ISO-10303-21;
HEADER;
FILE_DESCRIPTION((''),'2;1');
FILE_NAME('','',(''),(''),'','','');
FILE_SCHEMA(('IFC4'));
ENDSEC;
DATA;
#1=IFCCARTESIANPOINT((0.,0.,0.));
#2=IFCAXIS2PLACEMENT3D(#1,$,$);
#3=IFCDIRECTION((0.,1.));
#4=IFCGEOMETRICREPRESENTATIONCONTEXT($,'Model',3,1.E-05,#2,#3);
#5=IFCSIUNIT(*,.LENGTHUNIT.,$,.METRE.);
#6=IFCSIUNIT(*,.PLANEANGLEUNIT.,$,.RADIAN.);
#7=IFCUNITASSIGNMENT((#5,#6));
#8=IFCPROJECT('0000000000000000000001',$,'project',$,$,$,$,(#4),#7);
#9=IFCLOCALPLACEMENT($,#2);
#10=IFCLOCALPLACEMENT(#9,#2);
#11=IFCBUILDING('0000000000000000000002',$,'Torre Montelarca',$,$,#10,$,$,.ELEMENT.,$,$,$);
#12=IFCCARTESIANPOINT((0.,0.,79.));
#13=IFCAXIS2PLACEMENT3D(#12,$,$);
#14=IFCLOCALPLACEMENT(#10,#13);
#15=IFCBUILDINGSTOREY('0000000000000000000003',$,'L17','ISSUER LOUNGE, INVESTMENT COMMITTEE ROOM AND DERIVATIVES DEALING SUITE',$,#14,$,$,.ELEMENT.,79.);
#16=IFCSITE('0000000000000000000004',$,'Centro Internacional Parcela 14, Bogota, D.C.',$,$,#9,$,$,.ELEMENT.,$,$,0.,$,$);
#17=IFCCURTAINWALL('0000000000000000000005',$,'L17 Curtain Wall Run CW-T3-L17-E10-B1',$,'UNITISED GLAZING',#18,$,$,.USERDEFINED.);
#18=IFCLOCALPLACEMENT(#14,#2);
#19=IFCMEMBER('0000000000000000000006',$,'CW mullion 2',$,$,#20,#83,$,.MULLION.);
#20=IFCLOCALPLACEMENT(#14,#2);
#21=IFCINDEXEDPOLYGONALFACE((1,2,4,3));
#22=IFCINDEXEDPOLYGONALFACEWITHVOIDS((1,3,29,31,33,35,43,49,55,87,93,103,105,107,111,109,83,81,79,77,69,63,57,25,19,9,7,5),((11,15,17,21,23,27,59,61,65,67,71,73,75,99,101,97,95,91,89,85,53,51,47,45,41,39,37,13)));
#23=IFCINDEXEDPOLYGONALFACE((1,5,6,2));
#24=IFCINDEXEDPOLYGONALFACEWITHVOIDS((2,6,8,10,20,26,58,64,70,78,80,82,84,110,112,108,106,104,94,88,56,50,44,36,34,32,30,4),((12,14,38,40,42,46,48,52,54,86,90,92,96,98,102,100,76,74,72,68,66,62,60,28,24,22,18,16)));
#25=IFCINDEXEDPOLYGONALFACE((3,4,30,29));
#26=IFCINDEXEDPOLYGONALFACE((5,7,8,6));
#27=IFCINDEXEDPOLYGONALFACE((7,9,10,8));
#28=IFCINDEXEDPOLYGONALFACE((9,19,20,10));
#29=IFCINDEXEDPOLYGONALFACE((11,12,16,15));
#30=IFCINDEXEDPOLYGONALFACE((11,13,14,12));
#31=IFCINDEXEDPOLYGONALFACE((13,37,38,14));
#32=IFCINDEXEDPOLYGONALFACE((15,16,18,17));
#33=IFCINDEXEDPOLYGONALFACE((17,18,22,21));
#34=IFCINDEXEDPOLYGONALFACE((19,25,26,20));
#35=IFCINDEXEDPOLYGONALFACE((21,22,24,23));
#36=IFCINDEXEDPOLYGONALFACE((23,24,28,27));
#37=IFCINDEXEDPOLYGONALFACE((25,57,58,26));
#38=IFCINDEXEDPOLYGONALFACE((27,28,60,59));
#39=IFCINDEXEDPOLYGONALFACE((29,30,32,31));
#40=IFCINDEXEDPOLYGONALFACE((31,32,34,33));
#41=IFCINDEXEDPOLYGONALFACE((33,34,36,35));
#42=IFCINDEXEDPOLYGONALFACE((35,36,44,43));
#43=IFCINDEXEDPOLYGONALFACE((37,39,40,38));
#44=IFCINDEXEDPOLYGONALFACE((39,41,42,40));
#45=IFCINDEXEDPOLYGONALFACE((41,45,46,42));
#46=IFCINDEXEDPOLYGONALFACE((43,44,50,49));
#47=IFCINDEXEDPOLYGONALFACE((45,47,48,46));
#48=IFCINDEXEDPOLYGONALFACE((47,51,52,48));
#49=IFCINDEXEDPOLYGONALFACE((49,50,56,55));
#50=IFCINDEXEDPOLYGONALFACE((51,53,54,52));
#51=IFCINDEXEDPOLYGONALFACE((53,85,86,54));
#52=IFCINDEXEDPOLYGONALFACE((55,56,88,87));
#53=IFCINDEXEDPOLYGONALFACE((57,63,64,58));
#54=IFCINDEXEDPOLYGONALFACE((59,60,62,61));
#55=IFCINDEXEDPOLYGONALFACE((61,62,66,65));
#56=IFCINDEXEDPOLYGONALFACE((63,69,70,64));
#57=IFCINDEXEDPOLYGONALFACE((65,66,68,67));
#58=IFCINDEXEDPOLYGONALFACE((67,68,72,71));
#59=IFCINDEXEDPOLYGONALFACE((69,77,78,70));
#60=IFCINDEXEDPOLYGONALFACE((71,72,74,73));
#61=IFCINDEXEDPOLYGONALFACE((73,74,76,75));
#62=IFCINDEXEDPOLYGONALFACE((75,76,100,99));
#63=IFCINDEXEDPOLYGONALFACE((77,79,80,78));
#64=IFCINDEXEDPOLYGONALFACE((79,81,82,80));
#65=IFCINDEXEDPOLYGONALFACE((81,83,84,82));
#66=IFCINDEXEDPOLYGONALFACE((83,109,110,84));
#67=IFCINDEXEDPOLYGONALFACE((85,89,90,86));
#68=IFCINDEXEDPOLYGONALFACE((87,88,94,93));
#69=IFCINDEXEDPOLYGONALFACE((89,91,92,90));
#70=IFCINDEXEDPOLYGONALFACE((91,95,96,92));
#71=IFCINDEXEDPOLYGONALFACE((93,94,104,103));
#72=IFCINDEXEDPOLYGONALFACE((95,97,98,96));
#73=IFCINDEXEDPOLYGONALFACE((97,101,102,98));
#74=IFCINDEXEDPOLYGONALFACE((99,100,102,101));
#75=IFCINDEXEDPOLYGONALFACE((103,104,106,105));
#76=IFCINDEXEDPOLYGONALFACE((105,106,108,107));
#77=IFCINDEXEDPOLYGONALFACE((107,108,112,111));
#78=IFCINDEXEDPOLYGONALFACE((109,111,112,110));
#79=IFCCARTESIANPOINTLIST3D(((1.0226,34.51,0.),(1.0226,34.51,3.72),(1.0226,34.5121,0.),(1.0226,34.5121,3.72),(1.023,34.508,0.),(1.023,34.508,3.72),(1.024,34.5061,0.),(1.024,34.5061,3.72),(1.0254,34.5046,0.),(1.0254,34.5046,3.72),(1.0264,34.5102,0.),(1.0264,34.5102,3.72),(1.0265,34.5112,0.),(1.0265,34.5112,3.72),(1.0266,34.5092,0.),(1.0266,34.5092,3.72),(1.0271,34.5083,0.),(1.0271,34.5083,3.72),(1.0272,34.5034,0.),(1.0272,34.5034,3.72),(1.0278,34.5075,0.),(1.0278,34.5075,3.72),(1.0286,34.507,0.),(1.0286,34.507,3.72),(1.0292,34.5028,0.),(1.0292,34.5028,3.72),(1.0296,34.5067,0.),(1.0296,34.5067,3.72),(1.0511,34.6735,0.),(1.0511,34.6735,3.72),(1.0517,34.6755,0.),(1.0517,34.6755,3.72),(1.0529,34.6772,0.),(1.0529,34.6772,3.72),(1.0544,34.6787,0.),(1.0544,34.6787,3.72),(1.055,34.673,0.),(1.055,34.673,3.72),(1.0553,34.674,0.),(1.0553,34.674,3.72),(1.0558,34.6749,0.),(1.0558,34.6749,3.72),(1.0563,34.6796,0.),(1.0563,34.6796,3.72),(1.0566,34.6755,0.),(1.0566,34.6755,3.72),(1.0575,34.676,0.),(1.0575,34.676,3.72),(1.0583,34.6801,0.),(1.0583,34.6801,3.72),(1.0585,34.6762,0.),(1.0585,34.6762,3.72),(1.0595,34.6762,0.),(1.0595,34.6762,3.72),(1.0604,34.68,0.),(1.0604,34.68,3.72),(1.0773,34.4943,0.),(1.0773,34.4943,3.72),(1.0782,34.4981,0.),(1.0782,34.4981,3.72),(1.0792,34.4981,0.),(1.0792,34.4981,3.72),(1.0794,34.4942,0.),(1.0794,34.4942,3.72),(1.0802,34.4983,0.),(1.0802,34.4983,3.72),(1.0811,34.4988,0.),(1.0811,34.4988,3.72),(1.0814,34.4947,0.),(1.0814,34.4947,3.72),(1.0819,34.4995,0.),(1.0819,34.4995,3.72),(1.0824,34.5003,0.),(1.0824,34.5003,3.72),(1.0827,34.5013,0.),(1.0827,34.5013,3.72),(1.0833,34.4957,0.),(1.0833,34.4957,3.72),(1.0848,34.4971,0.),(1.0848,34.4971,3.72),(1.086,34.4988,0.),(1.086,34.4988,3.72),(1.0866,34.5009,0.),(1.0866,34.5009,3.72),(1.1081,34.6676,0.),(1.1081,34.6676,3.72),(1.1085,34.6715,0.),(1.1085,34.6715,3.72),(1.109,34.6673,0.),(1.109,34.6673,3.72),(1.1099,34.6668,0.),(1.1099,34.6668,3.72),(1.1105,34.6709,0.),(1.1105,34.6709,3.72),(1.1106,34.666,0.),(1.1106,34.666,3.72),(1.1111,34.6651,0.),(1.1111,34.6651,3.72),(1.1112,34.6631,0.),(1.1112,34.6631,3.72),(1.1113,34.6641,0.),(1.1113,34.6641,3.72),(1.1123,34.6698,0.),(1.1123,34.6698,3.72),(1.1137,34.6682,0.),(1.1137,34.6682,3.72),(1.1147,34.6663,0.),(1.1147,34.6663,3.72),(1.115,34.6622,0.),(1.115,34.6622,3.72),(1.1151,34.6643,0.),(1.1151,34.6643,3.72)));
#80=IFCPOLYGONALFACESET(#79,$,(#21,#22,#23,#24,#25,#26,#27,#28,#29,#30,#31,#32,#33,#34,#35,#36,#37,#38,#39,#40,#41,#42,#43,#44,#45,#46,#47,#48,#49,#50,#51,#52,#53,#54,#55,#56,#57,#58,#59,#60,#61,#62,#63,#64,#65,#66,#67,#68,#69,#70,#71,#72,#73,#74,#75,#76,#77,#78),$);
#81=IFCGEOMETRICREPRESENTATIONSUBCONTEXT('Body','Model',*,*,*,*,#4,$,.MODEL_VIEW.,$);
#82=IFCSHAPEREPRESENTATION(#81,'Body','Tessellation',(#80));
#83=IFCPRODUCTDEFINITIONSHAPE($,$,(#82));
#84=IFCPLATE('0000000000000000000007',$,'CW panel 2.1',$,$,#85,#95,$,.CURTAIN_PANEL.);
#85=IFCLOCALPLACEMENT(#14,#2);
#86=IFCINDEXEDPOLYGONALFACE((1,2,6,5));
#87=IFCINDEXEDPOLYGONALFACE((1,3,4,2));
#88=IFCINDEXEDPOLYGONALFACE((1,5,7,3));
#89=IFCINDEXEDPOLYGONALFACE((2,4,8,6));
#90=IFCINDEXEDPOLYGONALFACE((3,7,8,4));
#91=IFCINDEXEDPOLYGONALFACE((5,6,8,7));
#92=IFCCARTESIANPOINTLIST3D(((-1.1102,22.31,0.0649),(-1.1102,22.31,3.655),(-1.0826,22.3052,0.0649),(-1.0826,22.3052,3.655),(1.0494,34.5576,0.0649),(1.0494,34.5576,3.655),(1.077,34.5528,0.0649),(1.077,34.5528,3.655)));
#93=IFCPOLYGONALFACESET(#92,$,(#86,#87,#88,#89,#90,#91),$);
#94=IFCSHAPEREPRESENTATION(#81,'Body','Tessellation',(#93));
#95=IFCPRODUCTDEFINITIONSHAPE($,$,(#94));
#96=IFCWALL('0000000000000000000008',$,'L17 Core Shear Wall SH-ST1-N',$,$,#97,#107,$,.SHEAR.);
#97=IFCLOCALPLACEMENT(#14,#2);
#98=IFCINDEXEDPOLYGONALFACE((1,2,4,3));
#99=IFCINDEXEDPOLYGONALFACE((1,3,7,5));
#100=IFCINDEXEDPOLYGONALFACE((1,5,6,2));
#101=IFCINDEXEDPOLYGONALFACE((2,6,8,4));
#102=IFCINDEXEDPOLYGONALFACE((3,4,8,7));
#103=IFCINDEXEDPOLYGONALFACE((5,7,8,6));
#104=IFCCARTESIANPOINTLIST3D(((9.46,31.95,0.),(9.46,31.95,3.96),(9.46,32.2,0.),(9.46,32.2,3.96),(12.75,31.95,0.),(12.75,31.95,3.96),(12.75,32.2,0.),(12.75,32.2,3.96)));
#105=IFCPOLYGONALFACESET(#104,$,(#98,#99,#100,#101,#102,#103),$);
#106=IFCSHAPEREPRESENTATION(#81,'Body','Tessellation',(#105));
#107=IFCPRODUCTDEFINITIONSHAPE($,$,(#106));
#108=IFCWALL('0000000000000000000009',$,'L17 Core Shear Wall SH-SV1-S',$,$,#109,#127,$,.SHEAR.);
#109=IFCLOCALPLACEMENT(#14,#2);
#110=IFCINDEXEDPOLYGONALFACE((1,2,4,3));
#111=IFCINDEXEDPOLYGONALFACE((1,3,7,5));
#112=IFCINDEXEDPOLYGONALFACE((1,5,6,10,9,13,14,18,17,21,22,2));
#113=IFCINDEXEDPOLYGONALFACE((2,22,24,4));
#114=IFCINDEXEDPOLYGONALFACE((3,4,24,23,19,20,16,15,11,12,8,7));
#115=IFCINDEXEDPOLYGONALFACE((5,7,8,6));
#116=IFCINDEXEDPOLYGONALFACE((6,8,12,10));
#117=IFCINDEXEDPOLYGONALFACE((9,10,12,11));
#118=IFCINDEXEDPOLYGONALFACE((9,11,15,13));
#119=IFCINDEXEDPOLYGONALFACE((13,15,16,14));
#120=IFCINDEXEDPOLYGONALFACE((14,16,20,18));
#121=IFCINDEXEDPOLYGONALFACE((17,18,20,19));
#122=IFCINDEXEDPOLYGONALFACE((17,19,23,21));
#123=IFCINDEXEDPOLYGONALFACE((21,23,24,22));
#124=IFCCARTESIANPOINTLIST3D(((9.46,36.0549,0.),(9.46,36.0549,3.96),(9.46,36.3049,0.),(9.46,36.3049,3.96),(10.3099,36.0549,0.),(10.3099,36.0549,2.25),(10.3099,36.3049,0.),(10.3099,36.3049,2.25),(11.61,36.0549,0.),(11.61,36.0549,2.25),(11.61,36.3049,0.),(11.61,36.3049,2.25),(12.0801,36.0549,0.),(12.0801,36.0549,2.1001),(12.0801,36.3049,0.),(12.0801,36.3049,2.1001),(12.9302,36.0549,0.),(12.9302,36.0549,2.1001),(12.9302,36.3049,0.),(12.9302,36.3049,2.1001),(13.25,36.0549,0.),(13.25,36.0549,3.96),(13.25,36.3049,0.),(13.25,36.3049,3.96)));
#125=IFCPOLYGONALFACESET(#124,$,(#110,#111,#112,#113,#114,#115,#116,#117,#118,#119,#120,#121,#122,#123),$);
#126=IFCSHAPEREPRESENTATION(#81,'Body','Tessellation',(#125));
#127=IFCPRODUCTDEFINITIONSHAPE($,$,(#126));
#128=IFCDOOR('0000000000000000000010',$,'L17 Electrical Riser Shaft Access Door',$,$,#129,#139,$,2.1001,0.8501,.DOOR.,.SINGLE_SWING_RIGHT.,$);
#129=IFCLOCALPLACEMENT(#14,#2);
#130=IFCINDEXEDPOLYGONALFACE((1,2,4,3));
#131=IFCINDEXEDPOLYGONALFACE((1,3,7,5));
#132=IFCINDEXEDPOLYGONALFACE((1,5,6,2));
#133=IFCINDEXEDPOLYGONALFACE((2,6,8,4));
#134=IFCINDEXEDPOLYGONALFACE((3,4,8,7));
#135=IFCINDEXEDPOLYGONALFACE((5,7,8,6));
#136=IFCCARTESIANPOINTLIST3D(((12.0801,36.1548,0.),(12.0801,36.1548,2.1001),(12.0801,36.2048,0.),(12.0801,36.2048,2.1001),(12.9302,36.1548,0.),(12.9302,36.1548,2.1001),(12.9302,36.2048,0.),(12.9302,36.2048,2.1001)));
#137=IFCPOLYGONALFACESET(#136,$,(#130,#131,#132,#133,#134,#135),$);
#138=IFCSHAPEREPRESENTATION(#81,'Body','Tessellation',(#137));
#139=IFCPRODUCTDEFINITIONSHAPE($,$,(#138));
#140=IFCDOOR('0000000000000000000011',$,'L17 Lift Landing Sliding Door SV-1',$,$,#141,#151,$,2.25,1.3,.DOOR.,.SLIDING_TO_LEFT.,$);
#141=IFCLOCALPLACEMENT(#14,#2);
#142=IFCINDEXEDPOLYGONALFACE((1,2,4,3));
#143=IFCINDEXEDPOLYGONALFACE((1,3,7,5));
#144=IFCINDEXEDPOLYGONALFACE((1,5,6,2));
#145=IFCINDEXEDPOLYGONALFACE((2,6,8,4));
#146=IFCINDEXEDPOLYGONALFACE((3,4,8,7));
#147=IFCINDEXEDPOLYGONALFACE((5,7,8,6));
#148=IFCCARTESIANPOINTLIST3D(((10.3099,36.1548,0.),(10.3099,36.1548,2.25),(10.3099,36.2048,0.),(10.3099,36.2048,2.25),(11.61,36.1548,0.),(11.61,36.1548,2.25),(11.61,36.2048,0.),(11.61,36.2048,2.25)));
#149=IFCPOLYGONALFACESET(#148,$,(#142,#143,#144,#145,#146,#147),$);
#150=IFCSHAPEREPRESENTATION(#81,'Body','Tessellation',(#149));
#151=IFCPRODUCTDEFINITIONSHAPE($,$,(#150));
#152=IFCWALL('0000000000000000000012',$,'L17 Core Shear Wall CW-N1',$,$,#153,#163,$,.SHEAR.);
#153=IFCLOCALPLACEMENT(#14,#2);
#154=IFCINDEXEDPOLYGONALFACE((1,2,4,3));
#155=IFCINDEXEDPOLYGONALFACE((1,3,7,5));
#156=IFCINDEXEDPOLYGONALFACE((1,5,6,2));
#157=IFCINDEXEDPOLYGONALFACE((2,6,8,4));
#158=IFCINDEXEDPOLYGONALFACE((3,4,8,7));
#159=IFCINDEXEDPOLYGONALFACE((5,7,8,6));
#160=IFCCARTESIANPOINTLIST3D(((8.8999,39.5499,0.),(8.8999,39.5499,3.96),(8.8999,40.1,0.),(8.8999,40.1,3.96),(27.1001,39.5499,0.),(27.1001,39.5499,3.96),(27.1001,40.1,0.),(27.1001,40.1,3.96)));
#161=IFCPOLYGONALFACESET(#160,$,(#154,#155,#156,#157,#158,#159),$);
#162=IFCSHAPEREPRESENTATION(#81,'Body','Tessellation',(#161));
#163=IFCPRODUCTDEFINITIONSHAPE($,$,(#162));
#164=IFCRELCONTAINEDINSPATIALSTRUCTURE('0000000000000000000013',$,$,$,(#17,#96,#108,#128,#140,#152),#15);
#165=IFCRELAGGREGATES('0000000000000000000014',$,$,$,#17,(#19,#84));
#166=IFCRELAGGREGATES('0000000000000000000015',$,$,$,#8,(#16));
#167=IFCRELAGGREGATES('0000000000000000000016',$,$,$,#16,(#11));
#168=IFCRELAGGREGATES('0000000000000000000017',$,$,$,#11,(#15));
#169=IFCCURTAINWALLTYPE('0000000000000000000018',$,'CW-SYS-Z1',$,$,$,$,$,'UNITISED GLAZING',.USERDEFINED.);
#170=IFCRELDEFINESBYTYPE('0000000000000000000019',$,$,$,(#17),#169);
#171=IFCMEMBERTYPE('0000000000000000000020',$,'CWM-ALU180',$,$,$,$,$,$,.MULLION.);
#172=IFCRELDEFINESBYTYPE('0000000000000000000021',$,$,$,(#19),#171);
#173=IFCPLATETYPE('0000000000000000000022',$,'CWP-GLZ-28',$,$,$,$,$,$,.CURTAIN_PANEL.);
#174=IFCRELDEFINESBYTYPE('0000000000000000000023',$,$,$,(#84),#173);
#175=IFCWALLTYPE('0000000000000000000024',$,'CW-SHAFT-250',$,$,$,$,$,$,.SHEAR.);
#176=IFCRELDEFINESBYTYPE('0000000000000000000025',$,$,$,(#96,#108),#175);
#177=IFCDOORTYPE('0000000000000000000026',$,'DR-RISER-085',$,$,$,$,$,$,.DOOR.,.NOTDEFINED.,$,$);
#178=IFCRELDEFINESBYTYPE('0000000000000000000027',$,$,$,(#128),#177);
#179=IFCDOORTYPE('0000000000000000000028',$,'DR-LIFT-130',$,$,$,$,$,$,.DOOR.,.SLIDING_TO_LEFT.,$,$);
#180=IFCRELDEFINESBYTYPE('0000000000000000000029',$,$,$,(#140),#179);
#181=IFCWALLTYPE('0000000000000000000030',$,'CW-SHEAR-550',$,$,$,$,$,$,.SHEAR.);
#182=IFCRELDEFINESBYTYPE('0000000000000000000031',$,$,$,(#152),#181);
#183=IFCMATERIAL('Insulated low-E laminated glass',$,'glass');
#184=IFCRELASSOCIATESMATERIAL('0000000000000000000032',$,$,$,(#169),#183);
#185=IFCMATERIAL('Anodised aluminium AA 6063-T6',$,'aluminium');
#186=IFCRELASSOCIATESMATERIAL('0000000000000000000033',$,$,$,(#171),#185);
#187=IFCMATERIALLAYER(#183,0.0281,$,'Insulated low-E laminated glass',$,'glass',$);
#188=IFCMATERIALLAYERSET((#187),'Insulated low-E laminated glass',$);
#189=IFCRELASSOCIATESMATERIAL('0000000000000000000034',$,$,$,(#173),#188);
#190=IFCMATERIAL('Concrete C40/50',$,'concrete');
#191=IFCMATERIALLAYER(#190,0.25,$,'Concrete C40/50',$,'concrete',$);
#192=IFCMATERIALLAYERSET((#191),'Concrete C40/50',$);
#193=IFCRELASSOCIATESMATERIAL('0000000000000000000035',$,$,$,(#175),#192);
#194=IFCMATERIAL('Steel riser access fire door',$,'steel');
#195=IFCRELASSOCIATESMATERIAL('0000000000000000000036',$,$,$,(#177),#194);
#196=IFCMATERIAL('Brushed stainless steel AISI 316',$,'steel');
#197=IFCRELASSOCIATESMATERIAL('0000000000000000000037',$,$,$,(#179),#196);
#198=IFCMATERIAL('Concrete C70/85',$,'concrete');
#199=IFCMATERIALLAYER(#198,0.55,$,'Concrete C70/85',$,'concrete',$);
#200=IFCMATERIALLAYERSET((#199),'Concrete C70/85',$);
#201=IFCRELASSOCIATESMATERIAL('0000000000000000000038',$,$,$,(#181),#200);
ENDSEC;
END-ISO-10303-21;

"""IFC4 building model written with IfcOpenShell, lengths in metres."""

from ifc_helpers import new_model, si_unit, direction, frame, frame_2d, origin, origin_2d, place, context, subcontext, project, spatial, rectangle, hollow_rectangle, extrude, source, transform, mapped, material, layer, layer_set, material_profile, profile_set, type_object, element, fill, aggregate, save


model = new_model("IFC4")

# Units and contexts
model_context = context("Model", 3, precision=1e-05, world=origin(), true_north=direction((0.0, 1.0)))
body_context = subcontext(model_context, "Body", "Model", "MODEL_VIEW")
ifc_project = project(units=[si_unit("LENGTHUNIT", "METRE"), si_unit("PLANEANGLEUNIT", "RADIAN")], contexts=[model_context])

# Site, building, storey
site_placement = place(None, origin())
site = spatial("IfcSite", under=ifc_project, at=site_placement, Name="Centro Internacional Parcela 14, Bogota, D.C.", CompositionType="ELEMENT", RefElevation=0.0)
building_placement = place(site_placement, origin())
building = spatial("IfcBuilding", under=site, at=building_placement, Name="Torre Montelarca", CompositionType="ELEMENT")
storey_placement = place(building_placement, frame((0.0, 0.0, 79.0)))
storey = spatial("IfcBuildingStorey", under=building, at=storey_placement, Name="L17", Description="ISSUER LOUNGE, INVESTMENT COMMITTEE ROOM AND DERIVATIVES DEALING SUITE", CompositionType="ELEMENT", Elevation=79.0)

# Curtain wall, member, plate
ifc_material_1 = material(Name="Insulated low-E laminated glass", Category="glass")
curtain_wall_type = type_object("IfcCurtainWallType", Name="CW-SYS-Z1", ElementType="UNITISED GLAZING", PredefinedType="USERDEFINED", material=ifc_material_1)
curtain_wall_placement = place(storey_placement, origin())
curtain_wall = element("IfcCurtainWall", 1, at=curtain_wall_placement, inside=storey, type_object=curtain_wall_type, Name="L17 Curtain Wall Run CW-T3-L17-E10-B1", ObjectType="UNITISED GLAZING", PredefinedType="USERDEFINED")
ifc_material_2 = material(Name="Anodised aluminium AA 6063-T6", Category="aluminium")
ifc_material_profile_1 = material_profile(ifc_material_2, hollow_rectangle(XDim=0.0649, YDim=0.1799, WallThickness=0.0039, InnerFilletRadius=0.0039, OuterFilletRadius=0.0081, at=origin_2d()), Name="ALU65X180X4", Category="aluminium")
ifc_profile_set_1 = profile_set([ifc_material_profile_1], Name="Anodised aluminium AA 6063-T6")
member_type_1 = type_object("IfcMemberType", Name="CWM-ALU180", PredefinedType="MULLION", material=ifc_profile_set_1)
shared_shape_1 = source(origin(), body_context, "Body", "SweptSolid", [
    extrude(hollow_rectangle(XDim=0.0649, YDim=0.1799, WallThickness=0.0039, InnerFilletRadius=0.0039, OuterFilletRadius=0.0081, at=origin_2d()), origin(), (0.0, 0.0, 1.0), 3.72),
])
member_1_placement = place(storey_placement, frame((1.0688, 34.5872, 0.0), z_axis=(0.0, 0.0, 1.0), x_axis=(0.984808, -0.173646, 0.0)))
member_1 = element("IfcMember", 2, at=member_1_placement, type_object=member_type_1, Name="CW mullion 2", PredefinedType="MULLION", context=body_context, shape_type="MappedRepresentation", body=[
    mapped(shared_shape_1, transform((0.0, 0.0, 0.0), scale=1.0)),
])
ifc_layer_1 = layer(ifc_material_1, 0.0281, Name="Insulated low-E laminated glass", Category="glass")
ifc_layer_set_1 = layer_set([ifc_layer_1], Name="Insulated low-E laminated glass")
plate_type = type_object("IfcPlateType", Name="CWP-GLZ-28", PredefinedType="CURTAIN_PANEL", material=ifc_layer_set_1)
shared_shape_2 = source(origin(), body_context, "Body", "SweptSolid", [
    extrude(rectangle(XDim=12.4365, YDim=0.0281, at=origin_2d()), origin(), (0.0, 0.0, 1.0), 3.5901),
])
plate_placement = place(storey_placement, frame((-0.0166, 28.4314, 0.0649), z_axis=(0.0, 0.0, 1.0), x_axis=(-0.173646, -0.984808, 0.0)))
plate = element("IfcPlate", 3, at=plate_placement, type_object=plate_type, Name="CW panel 2.1", PredefinedType="CURTAIN_PANEL", context=body_context, shape_type="MappedRepresentation", body=[
    mapped(shared_shape_2, transform((0.0, 0.0, 0.0), scale=1.0)),
])
aggregate(curtain_wall, [member_1, plate])

# Wall
ifc_material_3 = material(Name="Concrete C40/50", Category="concrete")
ifc_layer_2 = layer(ifc_material_3, 0.25, Name="Concrete C40/50", Category="concrete")
ifc_layer_set_2 = layer_set([ifc_layer_2], Name="Concrete C40/50")
wall_type_1 = type_object("IfcWallType", Name="CW-SHAFT-250", PredefinedType="SHEAR", material=ifc_layer_set_2)
wall_1_placement = place(storey_placement, frame((9.46, 32.075, 0.0), z_axis=(0.0, 0.0, 1.0), x_axis=(1.0, 0.0, 0.0)))
element("IfcWall", 4, at=wall_1_placement, inside=storey, type_object=wall_type_1, Name="L17 Core Shear Wall SH-ST1-N", PredefinedType="SHEAR", context=body_context, shape_type="SweptSolid", body=[
    extrude(rectangle(XDim=3.29, YDim=0.25, at=frame_2d((1.645, 0.0))), origin(), (0.0, 0.0, 1.0), 3.96),
])

# Wall, openings, doors
wall_2_placement = place(storey_placement, frame((9.46, 36.1799, 0.0), z_axis=(0.0, 0.0, 1.0), x_axis=(1.0, 0.0, 0.0)))
wall_2 = element("IfcWall", 5, at=wall_2_placement, inside=storey, type_object=wall_type_1, Name="L17 Core Shear Wall SH-SV1-S", PredefinedType="SHEAR", context=body_context, shape_type="SweptSolid", body=[
    extrude(rectangle(XDim=3.79, YDim=0.25, at=frame_2d((1.895, 0.0))), origin(), (0.0, 0.0, 1.0), 3.96),
])
opening_1_placement = place(wall_2_placement, frame((2.6201, 0.0, 0.0)))
opening_1 = element("IfcOpeningElement", 6, at=opening_1_placement, cuts=wall_2, PredefinedType="OPENING", context=body_context, shape_type="SweptSolid", body=[
    extrude(rectangle(XDim=0.8501, YDim=2.1001, at=frame_2d((0.425, 1.05))), frame((0.0, 0.135, 0.0), z_axis=(0.0, -1.0, 0.0), x_axis=(1.0, 0.0, 0.0)), (0.0, 0.0, 1.0), 0.27),
])
opening_2_placement = place(wall_2_placement, frame((0.8501, 0.0, 0.0)))
opening_2 = element("IfcOpeningElement", 7, at=opening_2_placement, cuts=wall_2, PredefinedType="OPENING", context=body_context, shape_type="SweptSolid", body=[
    extrude(rectangle(XDim=1.3, YDim=2.25, at=frame_2d((0.6499, 1.125))), frame((0.0, 0.135, 0.0), z_axis=(0.0, -1.0, 0.0), x_axis=(1.0, 0.0, 0.0)), (0.0, 0.0, 1.0), 0.27),
])
ifc_material_4 = material(Name="Steel riser access fire door", Category="steel")
door_type_1 = type_object("IfcDoorType", Name="DR-RISER-085", OperationType="NOTDEFINED", PredefinedType="DOOR", material=ifc_material_4)
shared_shape_3 = source(origin(), body_context, "Body", "SweptSolid", [
    extrude(rectangle(XDim=0.8501, YDim=2.1001, at=frame_2d((0.425, 1.05))), frame((0.0, 0.0249, 0.0), z_axis=(0.0, -1.0, 0.0), x_axis=(1.0, 0.0, 0.0)), (0.0, 0.0, 1.0), 0.05),
])
door_1_placement = place(opening_1_placement, origin())
door_1 = element("IfcDoor", 8, at=door_1_placement, inside=storey, type_object=door_type_1, Name="L17 Electrical Riser Shaft Access Door", OperationType="SINGLE_SWING_RIGHT", OverallHeight=2.1001, OverallWidth=0.8501, PredefinedType="DOOR", context=body_context, shape_type="MappedRepresentation", body=[
    mapped(shared_shape_3, transform((0.0, 0.0, 0.0), scale=1.0)),
])
fill(opening_1, door_1)
ifc_material_5 = material(Name="Brushed stainless steel AISI 316", Category="steel")
door_type_2 = type_object("IfcDoorType", Name="DR-LIFT-130", OperationType="SLIDING_TO_LEFT", PredefinedType="DOOR", material=ifc_material_5)
shared_shape_4 = source(origin(), body_context, "Body", "SweptSolid", [
    extrude(rectangle(XDim=1.3, YDim=2.25, at=frame_2d((0.6499, 1.125))), frame((0.0, 0.0249, 0.0), z_axis=(0.0, -1.0, 0.0), x_axis=(1.0, 0.0, 0.0)), (0.0, 0.0, 1.0), 0.05),
])
door_2_placement = place(opening_2_placement, origin())
door_2 = element("IfcDoor", 9, at=door_2_placement, inside=storey, type_object=door_type_2, Name="L17 Lift Landing Sliding Door SV-1", OperationType="SLIDING_TO_LEFT", OverallHeight=2.25, OverallWidth=1.3, PredefinedType="DOOR", context=body_context, shape_type="MappedRepresentation", body=[
    mapped(shared_shape_4, transform((0.0, 0.0, 0.0), scale=1.0)),
])
fill(opening_2, door_2)

# Wall
ifc_material_6 = material(Name="Concrete C70/85", Category="concrete")
ifc_layer_3 = layer(ifc_material_6, 0.55, Name="Concrete C70/85", Category="concrete")
ifc_layer_set_3 = layer_set([ifc_layer_3], Name="Concrete C70/85")
wall_type_2 = type_object("IfcWallType", Name="CW-SHEAR-550", PredefinedType="SHEAR", material=ifc_layer_set_3)
wall_3_placement = place(storey_placement, frame((8.8999, 39.825, 0.0), z_axis=(0.0, 0.0, 1.0), x_axis=(1.0, 0.0, 0.0)))
element("IfcWall", 10, at=wall_3_placement, inside=storey, type_object=wall_type_2, Name="L17 Core Shear Wall CW-N1", PredefinedType="SHEAR", context=body_context, shape_type="SweptSolid", body=[
    extrude(rectangle(XDim=18.2002, YDim=0.55, at=frame_2d((9.1001, 0.0))), origin(), (0.0, 0.0, 1.0), 3.96),
])

save(model, "model.ifc")
